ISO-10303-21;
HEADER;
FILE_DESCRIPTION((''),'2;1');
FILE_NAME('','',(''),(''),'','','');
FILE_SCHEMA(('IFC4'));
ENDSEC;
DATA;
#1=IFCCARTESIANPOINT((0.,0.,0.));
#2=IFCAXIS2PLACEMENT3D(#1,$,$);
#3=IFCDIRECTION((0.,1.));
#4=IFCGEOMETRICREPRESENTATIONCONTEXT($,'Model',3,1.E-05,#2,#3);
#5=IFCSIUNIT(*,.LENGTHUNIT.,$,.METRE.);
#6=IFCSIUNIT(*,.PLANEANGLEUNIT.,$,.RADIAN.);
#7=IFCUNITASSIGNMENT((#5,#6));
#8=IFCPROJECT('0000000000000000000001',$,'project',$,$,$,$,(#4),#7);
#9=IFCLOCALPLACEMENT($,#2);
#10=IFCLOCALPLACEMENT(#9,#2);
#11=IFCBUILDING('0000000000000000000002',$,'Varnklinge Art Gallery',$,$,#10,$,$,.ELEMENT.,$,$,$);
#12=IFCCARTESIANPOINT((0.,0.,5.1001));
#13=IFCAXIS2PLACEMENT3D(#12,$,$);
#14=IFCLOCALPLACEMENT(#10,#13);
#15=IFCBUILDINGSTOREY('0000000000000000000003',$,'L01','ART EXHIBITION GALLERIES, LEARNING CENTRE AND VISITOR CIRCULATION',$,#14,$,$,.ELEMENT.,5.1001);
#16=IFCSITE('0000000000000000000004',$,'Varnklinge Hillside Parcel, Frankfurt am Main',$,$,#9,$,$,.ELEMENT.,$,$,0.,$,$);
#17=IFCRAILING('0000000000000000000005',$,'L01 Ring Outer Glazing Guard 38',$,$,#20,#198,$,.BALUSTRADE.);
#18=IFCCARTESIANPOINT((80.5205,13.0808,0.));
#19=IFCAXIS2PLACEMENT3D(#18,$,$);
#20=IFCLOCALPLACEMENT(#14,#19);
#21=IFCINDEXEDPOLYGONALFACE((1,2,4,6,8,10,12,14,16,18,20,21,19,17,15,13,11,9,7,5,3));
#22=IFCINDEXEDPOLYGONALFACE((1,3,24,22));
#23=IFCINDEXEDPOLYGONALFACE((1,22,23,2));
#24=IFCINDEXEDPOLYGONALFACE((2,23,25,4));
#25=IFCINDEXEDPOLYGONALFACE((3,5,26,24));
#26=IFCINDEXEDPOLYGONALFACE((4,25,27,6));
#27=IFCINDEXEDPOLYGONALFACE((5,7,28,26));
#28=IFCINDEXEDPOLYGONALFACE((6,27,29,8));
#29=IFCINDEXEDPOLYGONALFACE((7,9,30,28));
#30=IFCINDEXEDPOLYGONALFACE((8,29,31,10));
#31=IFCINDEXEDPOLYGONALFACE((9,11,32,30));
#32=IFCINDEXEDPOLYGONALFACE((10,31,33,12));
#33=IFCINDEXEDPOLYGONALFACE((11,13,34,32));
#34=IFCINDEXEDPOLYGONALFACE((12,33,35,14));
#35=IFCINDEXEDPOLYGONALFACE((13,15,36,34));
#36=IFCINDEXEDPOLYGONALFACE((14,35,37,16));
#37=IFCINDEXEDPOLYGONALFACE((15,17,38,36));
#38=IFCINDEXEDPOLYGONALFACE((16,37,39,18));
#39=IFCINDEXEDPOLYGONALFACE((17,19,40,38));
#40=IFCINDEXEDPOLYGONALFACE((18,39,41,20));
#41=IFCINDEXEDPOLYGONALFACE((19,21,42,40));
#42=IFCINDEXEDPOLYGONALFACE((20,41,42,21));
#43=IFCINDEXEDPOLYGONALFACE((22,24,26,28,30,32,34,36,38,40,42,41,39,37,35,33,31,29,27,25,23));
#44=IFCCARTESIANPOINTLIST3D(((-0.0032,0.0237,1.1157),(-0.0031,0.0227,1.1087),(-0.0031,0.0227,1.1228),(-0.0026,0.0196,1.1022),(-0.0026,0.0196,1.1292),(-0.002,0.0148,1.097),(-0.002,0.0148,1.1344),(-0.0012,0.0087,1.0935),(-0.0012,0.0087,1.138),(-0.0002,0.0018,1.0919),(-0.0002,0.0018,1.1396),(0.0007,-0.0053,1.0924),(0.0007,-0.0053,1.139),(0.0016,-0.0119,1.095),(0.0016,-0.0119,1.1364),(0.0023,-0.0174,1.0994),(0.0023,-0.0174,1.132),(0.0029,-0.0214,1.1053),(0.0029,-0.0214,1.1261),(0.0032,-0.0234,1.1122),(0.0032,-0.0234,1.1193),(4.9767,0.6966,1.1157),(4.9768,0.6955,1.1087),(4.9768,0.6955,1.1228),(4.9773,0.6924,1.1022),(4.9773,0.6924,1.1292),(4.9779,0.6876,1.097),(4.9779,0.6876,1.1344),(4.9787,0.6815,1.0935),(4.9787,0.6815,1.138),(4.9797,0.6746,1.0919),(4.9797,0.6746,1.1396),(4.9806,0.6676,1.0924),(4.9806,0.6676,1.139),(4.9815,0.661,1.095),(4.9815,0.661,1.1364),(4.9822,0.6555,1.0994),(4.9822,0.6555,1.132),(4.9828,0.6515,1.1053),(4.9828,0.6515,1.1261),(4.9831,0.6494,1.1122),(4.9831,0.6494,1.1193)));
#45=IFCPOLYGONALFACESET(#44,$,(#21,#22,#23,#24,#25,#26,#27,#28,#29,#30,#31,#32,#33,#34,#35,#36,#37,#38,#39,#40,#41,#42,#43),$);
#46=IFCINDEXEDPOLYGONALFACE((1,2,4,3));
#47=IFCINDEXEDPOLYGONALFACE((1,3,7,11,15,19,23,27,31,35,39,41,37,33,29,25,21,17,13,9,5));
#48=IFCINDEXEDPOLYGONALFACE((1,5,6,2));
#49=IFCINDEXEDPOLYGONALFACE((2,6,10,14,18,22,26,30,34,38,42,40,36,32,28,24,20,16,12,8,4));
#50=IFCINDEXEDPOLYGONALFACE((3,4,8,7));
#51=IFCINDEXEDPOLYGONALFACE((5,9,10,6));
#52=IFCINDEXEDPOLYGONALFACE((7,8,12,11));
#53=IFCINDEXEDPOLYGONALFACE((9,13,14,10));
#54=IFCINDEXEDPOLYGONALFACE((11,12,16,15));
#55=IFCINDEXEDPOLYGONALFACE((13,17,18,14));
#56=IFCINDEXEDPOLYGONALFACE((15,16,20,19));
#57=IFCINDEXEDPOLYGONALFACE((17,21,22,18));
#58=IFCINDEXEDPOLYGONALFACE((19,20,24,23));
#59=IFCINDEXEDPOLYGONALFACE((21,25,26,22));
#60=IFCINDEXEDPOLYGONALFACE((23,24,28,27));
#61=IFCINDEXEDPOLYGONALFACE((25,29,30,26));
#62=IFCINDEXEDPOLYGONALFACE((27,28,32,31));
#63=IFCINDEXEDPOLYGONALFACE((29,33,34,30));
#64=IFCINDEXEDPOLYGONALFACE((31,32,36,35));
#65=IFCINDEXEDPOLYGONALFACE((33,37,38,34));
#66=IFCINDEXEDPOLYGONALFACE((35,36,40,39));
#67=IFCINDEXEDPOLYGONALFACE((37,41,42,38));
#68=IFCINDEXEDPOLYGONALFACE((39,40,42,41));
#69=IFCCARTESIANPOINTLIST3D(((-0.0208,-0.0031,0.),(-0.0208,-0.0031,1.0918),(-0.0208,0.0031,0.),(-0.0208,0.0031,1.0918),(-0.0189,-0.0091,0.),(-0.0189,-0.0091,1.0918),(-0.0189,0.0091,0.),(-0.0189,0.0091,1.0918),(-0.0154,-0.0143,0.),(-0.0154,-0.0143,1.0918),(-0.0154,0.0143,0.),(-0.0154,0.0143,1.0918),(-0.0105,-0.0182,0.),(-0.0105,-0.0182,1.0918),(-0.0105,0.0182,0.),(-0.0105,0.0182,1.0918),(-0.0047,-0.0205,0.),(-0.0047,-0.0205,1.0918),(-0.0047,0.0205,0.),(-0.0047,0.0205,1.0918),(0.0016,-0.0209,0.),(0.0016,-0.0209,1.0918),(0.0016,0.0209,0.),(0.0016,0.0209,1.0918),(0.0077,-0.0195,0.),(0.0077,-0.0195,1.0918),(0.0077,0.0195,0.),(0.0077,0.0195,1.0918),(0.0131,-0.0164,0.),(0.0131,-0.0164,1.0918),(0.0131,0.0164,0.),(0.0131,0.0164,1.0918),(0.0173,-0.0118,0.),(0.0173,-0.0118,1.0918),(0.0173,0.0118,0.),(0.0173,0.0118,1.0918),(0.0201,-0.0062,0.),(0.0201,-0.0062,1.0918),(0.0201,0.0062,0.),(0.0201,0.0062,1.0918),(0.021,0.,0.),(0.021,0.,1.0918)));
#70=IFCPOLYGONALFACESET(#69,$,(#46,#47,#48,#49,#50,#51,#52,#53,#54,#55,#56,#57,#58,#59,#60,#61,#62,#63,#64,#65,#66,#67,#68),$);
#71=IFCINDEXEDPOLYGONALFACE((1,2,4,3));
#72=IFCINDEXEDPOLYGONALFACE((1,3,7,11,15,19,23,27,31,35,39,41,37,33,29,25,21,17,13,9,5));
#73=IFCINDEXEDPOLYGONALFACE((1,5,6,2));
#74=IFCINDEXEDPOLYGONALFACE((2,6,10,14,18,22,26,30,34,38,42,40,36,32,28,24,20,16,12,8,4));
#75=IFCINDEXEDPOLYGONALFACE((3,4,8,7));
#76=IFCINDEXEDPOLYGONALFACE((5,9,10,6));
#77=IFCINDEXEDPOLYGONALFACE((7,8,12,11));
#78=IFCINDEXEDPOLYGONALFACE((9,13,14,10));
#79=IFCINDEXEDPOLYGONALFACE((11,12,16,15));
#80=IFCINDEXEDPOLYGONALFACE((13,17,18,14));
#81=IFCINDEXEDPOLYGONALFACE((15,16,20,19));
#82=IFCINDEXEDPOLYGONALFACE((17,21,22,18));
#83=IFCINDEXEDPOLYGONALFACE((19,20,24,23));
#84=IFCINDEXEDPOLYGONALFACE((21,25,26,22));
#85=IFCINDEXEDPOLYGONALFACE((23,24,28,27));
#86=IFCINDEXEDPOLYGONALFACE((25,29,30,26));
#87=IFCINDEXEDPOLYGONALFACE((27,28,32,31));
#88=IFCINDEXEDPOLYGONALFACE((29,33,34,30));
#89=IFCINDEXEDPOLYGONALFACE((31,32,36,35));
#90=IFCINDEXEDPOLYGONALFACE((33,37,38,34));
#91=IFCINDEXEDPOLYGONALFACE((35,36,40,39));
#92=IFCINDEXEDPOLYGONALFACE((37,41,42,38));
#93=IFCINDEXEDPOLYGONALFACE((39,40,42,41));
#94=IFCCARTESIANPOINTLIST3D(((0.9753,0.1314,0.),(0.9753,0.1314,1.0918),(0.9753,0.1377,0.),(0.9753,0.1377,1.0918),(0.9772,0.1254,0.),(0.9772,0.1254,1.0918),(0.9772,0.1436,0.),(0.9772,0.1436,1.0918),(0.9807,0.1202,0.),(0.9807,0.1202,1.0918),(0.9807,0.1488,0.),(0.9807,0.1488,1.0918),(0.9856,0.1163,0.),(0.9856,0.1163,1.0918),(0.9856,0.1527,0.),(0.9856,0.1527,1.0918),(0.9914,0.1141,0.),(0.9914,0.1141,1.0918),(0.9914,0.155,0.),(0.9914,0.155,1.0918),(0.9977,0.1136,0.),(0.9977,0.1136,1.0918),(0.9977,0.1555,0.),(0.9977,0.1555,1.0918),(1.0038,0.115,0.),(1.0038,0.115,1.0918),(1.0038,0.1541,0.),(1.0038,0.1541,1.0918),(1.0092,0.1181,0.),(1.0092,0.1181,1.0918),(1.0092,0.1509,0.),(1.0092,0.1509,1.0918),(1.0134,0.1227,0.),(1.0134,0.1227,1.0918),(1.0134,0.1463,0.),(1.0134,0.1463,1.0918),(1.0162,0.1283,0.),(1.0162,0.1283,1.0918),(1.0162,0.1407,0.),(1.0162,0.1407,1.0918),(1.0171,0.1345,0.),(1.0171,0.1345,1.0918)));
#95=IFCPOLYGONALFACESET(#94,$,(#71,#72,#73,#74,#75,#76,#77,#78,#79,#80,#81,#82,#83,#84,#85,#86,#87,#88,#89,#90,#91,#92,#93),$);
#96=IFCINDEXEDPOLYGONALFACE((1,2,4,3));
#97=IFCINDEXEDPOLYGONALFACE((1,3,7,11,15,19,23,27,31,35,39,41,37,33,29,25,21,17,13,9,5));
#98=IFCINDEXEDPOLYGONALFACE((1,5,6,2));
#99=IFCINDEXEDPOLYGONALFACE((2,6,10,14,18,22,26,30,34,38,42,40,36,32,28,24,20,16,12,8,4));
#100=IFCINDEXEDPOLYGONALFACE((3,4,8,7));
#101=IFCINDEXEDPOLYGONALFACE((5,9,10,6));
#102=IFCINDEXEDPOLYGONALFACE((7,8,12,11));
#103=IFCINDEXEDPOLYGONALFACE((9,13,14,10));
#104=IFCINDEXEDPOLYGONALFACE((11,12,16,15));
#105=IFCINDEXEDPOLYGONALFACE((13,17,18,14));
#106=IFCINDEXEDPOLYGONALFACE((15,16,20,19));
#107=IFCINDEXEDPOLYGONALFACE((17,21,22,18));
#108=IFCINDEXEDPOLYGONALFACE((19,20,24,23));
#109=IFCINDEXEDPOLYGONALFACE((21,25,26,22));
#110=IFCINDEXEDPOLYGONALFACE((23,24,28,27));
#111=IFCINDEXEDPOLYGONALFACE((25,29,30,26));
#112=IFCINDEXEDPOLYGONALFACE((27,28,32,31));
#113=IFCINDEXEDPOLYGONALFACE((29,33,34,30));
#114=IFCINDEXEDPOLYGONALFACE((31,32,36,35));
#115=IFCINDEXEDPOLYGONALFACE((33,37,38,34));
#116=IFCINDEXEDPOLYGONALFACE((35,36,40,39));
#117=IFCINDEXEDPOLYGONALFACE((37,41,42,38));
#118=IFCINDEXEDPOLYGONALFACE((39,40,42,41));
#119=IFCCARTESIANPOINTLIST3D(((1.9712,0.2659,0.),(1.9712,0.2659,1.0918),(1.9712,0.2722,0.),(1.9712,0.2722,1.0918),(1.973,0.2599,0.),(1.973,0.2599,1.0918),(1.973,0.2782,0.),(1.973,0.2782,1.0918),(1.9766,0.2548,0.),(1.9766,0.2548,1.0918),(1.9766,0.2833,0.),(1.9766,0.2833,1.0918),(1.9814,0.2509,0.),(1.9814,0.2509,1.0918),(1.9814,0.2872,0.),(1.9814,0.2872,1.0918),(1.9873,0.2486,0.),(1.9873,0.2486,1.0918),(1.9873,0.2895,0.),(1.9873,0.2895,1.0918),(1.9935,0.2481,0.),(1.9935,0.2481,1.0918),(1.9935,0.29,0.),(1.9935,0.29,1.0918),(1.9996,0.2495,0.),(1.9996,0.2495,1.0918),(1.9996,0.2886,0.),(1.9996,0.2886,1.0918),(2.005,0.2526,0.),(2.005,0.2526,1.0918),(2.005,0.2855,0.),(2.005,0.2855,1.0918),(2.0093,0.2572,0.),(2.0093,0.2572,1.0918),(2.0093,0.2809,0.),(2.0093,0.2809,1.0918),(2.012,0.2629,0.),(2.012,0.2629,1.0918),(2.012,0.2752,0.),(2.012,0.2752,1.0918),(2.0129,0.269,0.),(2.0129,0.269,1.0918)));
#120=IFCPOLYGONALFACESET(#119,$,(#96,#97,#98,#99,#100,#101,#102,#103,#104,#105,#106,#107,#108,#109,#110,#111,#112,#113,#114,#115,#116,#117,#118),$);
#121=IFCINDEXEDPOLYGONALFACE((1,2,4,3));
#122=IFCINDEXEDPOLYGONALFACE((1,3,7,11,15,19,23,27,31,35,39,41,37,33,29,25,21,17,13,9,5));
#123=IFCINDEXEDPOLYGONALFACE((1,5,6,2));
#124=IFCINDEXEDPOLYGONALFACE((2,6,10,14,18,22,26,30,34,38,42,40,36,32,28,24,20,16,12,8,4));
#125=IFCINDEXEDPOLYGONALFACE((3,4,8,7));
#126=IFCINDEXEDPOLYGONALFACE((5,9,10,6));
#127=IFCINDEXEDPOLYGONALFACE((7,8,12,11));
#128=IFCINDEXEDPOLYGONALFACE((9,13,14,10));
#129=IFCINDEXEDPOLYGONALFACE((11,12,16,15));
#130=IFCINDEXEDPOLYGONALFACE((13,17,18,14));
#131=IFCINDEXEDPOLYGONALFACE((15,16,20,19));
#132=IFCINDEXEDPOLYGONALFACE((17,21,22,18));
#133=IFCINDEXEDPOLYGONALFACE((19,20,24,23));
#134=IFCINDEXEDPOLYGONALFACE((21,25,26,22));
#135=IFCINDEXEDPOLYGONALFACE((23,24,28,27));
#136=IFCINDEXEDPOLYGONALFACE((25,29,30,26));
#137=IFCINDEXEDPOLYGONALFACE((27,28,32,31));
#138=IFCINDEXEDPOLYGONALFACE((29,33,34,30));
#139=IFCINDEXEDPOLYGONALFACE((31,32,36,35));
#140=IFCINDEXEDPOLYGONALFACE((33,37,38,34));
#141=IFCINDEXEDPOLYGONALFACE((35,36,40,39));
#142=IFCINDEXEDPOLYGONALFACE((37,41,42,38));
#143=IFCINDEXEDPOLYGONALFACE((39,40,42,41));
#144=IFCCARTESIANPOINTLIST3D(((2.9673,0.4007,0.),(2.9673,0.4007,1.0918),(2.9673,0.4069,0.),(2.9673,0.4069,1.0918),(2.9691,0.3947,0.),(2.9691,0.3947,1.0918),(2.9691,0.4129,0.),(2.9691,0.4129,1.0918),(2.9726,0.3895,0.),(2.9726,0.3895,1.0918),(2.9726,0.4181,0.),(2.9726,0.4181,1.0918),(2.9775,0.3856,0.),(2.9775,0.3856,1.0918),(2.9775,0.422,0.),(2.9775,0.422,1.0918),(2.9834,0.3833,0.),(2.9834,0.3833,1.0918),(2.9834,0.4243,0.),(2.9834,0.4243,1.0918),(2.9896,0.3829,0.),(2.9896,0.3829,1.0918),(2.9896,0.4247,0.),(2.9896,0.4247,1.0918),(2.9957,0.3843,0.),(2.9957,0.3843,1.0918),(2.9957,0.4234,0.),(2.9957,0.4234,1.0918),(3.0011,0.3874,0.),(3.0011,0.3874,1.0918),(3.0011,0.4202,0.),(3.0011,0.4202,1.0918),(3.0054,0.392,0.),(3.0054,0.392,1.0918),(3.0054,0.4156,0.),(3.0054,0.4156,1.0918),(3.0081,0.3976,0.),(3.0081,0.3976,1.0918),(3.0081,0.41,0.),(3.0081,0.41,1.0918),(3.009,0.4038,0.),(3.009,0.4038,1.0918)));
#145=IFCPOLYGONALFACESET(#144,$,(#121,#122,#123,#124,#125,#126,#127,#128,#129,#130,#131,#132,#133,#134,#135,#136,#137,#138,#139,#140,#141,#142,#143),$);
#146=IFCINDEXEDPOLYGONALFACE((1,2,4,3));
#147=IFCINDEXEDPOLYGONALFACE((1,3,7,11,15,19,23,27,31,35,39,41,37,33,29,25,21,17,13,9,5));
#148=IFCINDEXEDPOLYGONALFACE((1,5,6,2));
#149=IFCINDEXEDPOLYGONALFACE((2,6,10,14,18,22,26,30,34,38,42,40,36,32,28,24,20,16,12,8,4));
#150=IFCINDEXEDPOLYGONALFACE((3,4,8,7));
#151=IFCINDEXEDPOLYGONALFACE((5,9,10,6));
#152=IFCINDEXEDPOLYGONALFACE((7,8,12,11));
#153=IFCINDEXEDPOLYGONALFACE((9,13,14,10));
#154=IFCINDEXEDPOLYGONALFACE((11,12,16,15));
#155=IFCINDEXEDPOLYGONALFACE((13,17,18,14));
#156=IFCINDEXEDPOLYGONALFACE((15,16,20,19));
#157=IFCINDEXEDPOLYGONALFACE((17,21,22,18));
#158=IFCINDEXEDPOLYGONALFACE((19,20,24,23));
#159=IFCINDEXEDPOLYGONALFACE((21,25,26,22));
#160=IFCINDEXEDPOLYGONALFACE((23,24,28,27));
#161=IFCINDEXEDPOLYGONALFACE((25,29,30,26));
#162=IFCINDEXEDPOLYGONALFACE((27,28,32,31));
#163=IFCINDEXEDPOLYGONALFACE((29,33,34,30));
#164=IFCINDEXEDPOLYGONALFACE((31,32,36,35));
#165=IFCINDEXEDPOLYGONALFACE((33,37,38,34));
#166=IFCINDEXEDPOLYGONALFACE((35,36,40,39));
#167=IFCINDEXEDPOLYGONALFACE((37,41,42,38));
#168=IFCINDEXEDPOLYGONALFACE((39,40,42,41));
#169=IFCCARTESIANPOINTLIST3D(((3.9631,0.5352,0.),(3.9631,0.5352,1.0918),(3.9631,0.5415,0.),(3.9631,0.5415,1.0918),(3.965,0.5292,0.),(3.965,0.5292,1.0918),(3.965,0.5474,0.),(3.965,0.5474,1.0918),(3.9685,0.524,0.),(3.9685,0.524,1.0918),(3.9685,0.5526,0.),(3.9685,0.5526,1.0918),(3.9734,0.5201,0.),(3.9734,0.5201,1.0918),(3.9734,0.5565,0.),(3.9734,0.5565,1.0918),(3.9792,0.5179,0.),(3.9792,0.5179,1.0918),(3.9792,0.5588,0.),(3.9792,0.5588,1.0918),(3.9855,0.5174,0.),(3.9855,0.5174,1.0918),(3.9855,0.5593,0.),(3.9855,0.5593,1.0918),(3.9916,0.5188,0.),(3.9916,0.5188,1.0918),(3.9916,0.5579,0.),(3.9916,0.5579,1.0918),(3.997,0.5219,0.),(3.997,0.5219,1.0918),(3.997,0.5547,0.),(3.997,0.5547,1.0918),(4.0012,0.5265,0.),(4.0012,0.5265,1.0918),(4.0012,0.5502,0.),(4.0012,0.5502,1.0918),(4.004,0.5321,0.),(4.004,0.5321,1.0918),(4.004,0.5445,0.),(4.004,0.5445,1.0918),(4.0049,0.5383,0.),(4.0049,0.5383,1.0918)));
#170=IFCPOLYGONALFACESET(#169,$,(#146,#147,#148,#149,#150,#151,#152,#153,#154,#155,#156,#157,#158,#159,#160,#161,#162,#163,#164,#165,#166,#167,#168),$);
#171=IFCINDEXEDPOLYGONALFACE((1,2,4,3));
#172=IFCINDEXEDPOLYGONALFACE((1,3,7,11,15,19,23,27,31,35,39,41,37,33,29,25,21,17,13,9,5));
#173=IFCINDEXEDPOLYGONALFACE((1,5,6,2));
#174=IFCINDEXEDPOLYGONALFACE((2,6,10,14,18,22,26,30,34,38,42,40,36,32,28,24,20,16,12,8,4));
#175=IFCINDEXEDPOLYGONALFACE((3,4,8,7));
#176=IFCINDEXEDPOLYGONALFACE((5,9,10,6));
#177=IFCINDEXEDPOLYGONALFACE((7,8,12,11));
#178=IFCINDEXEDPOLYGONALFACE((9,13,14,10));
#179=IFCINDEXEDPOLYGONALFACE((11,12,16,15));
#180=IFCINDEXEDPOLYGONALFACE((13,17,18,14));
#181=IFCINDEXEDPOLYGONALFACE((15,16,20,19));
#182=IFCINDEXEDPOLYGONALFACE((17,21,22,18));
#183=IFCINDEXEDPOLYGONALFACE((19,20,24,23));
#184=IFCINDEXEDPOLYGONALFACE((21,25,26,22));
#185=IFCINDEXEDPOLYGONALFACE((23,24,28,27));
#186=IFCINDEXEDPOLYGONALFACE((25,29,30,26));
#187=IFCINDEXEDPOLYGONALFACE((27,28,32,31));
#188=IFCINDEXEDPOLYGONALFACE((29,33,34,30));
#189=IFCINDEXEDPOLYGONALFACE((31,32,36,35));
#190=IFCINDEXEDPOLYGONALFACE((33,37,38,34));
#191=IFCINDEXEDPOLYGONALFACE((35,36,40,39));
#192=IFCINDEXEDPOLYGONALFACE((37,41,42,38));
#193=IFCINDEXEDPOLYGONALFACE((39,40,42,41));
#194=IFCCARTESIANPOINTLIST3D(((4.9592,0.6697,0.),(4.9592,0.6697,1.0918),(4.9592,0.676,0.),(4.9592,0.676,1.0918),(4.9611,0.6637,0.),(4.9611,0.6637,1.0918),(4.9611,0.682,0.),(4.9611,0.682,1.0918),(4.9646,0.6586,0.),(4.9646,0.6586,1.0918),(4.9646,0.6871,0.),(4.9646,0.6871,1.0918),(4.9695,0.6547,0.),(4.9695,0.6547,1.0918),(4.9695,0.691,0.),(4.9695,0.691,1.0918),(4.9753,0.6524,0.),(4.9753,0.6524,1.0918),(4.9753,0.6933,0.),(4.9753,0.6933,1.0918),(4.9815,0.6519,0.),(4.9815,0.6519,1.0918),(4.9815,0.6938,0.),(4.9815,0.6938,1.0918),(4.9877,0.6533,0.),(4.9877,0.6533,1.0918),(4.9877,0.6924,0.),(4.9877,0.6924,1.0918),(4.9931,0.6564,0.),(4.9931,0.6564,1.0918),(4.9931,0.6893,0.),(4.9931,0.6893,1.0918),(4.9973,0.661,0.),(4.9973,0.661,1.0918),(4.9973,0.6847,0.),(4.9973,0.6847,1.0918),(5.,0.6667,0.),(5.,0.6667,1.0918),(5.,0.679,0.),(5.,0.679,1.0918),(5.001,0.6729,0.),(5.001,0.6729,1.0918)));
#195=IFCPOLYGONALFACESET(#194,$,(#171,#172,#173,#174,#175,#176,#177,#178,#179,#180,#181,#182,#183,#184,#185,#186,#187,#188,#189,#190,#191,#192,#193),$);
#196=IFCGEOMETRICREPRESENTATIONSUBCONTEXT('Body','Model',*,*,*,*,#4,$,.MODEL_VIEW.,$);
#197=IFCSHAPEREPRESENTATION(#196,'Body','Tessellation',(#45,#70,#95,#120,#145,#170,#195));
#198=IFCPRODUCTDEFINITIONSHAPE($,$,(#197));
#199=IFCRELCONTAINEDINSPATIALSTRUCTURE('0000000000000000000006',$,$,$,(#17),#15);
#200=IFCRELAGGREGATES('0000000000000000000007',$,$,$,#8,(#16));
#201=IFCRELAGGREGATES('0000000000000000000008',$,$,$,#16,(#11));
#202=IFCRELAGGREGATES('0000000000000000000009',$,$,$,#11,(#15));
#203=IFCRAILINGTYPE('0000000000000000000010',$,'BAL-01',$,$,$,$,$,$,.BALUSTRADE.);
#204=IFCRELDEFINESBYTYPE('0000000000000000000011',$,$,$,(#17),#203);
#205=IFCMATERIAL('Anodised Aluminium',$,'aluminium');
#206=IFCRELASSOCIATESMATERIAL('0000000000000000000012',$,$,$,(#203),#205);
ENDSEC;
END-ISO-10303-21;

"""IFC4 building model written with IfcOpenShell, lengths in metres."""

from ifc_helpers import new_model, si_unit, direction, frame, origin, origin_2d, place, context, subcontext, project, spatial, circle, extrude, material, type_object, element, save


model = new_model("IFC4")

# Units and contexts
model_context = context("Model", 3, precision=1e-05, world=origin(), true_north=direction((0.0, 1.0)))
body_context = subcontext(model_context, "Body", "Model", "MODEL_VIEW")
ifc_project = project(units=[si_unit("LENGTHUNIT", "METRE"), si_unit("PLANEANGLEUNIT", "RADIAN")], contexts=[model_context])

# Site, building, storey
site_placement = place(None, origin())
site = spatial("IfcSite", under=ifc_project, at=site_placement, Name="Varnklinge Hillside Parcel, Frankfurt am Main", CompositionType="ELEMENT", RefElevation=0.0)
building_placement = place(site_placement, origin())
building = spatial("IfcBuilding", under=site, at=building_placement, Name="Varnklinge Art Gallery", CompositionType="ELEMENT")
storey_placement = place(building_placement, frame((0.0, 0.0, 5.1001)))
storey = spatial("IfcBuildingStorey", under=building, at=storey_placement, Name="L01", Description="ART EXHIBITION GALLERIES, LEARNING CENTRE AND VISITOR CIRCULATION", CompositionType="ELEMENT", Elevation=5.1001)

# Railing
ifc_material_1 = material(Name="Anodised Aluminium", Category="aluminium")
railing_type = type_object("IfcRailingType", Name="BAL-01", PredefinedType="BALUSTRADE", material=ifc_material_1)
railing_placement = place(storey_placement, frame((80.5205, 13.0808, 0.0)))
element("IfcRailing", 1, at=railing_placement, inside=storey, type_object=railing_type, Name="L01 Ring Outer Glazing Guard 38", PredefinedType="BALUSTRADE", context=body_context, shape_type="SweptSolid", body=[
    extrude(circle(Radius=0.0239, at=origin_2d()), frame((0.0, 0.0, 1.1157), z_axis=(0.990996, 0.133895, 0.0), x_axis=(-0.133895, 0.990996, 0.0)), (0.0, 0.0, 1.0), 5.0251),
    extrude(circle(Radius=0.021, at=origin_2d()), origin(), (0.0, 0.0, 1.0), 1.0918),
    extrude(circle(Radius=0.021, at=origin_2d()), frame((0.9961, 0.1345, 0.0)), (0.0, 0.0, 1.0), 1.0918),
    extrude(circle(Radius=0.021, at=origin_2d()), frame((1.9919, 0.269, 0.0)), (0.0, 0.0, 1.0), 1.0918),
    extrude(circle(Radius=0.021, at=origin_2d()), frame((2.988, 0.4038, 0.0)), (0.0, 0.0, 1.0), 1.0918),
    extrude(circle(Radius=0.021, at=origin_2d()), frame((3.9839, 0.5383, 0.0)), (0.0, 0.0, 1.0), 1.0918),
    extrude(circle(Radius=0.021, at=origin_2d()), frame((4.98, 0.6729, 0.0)), (0.0, 0.0, 1.0), 1.0918),
])

save(model, "model.ifc")
